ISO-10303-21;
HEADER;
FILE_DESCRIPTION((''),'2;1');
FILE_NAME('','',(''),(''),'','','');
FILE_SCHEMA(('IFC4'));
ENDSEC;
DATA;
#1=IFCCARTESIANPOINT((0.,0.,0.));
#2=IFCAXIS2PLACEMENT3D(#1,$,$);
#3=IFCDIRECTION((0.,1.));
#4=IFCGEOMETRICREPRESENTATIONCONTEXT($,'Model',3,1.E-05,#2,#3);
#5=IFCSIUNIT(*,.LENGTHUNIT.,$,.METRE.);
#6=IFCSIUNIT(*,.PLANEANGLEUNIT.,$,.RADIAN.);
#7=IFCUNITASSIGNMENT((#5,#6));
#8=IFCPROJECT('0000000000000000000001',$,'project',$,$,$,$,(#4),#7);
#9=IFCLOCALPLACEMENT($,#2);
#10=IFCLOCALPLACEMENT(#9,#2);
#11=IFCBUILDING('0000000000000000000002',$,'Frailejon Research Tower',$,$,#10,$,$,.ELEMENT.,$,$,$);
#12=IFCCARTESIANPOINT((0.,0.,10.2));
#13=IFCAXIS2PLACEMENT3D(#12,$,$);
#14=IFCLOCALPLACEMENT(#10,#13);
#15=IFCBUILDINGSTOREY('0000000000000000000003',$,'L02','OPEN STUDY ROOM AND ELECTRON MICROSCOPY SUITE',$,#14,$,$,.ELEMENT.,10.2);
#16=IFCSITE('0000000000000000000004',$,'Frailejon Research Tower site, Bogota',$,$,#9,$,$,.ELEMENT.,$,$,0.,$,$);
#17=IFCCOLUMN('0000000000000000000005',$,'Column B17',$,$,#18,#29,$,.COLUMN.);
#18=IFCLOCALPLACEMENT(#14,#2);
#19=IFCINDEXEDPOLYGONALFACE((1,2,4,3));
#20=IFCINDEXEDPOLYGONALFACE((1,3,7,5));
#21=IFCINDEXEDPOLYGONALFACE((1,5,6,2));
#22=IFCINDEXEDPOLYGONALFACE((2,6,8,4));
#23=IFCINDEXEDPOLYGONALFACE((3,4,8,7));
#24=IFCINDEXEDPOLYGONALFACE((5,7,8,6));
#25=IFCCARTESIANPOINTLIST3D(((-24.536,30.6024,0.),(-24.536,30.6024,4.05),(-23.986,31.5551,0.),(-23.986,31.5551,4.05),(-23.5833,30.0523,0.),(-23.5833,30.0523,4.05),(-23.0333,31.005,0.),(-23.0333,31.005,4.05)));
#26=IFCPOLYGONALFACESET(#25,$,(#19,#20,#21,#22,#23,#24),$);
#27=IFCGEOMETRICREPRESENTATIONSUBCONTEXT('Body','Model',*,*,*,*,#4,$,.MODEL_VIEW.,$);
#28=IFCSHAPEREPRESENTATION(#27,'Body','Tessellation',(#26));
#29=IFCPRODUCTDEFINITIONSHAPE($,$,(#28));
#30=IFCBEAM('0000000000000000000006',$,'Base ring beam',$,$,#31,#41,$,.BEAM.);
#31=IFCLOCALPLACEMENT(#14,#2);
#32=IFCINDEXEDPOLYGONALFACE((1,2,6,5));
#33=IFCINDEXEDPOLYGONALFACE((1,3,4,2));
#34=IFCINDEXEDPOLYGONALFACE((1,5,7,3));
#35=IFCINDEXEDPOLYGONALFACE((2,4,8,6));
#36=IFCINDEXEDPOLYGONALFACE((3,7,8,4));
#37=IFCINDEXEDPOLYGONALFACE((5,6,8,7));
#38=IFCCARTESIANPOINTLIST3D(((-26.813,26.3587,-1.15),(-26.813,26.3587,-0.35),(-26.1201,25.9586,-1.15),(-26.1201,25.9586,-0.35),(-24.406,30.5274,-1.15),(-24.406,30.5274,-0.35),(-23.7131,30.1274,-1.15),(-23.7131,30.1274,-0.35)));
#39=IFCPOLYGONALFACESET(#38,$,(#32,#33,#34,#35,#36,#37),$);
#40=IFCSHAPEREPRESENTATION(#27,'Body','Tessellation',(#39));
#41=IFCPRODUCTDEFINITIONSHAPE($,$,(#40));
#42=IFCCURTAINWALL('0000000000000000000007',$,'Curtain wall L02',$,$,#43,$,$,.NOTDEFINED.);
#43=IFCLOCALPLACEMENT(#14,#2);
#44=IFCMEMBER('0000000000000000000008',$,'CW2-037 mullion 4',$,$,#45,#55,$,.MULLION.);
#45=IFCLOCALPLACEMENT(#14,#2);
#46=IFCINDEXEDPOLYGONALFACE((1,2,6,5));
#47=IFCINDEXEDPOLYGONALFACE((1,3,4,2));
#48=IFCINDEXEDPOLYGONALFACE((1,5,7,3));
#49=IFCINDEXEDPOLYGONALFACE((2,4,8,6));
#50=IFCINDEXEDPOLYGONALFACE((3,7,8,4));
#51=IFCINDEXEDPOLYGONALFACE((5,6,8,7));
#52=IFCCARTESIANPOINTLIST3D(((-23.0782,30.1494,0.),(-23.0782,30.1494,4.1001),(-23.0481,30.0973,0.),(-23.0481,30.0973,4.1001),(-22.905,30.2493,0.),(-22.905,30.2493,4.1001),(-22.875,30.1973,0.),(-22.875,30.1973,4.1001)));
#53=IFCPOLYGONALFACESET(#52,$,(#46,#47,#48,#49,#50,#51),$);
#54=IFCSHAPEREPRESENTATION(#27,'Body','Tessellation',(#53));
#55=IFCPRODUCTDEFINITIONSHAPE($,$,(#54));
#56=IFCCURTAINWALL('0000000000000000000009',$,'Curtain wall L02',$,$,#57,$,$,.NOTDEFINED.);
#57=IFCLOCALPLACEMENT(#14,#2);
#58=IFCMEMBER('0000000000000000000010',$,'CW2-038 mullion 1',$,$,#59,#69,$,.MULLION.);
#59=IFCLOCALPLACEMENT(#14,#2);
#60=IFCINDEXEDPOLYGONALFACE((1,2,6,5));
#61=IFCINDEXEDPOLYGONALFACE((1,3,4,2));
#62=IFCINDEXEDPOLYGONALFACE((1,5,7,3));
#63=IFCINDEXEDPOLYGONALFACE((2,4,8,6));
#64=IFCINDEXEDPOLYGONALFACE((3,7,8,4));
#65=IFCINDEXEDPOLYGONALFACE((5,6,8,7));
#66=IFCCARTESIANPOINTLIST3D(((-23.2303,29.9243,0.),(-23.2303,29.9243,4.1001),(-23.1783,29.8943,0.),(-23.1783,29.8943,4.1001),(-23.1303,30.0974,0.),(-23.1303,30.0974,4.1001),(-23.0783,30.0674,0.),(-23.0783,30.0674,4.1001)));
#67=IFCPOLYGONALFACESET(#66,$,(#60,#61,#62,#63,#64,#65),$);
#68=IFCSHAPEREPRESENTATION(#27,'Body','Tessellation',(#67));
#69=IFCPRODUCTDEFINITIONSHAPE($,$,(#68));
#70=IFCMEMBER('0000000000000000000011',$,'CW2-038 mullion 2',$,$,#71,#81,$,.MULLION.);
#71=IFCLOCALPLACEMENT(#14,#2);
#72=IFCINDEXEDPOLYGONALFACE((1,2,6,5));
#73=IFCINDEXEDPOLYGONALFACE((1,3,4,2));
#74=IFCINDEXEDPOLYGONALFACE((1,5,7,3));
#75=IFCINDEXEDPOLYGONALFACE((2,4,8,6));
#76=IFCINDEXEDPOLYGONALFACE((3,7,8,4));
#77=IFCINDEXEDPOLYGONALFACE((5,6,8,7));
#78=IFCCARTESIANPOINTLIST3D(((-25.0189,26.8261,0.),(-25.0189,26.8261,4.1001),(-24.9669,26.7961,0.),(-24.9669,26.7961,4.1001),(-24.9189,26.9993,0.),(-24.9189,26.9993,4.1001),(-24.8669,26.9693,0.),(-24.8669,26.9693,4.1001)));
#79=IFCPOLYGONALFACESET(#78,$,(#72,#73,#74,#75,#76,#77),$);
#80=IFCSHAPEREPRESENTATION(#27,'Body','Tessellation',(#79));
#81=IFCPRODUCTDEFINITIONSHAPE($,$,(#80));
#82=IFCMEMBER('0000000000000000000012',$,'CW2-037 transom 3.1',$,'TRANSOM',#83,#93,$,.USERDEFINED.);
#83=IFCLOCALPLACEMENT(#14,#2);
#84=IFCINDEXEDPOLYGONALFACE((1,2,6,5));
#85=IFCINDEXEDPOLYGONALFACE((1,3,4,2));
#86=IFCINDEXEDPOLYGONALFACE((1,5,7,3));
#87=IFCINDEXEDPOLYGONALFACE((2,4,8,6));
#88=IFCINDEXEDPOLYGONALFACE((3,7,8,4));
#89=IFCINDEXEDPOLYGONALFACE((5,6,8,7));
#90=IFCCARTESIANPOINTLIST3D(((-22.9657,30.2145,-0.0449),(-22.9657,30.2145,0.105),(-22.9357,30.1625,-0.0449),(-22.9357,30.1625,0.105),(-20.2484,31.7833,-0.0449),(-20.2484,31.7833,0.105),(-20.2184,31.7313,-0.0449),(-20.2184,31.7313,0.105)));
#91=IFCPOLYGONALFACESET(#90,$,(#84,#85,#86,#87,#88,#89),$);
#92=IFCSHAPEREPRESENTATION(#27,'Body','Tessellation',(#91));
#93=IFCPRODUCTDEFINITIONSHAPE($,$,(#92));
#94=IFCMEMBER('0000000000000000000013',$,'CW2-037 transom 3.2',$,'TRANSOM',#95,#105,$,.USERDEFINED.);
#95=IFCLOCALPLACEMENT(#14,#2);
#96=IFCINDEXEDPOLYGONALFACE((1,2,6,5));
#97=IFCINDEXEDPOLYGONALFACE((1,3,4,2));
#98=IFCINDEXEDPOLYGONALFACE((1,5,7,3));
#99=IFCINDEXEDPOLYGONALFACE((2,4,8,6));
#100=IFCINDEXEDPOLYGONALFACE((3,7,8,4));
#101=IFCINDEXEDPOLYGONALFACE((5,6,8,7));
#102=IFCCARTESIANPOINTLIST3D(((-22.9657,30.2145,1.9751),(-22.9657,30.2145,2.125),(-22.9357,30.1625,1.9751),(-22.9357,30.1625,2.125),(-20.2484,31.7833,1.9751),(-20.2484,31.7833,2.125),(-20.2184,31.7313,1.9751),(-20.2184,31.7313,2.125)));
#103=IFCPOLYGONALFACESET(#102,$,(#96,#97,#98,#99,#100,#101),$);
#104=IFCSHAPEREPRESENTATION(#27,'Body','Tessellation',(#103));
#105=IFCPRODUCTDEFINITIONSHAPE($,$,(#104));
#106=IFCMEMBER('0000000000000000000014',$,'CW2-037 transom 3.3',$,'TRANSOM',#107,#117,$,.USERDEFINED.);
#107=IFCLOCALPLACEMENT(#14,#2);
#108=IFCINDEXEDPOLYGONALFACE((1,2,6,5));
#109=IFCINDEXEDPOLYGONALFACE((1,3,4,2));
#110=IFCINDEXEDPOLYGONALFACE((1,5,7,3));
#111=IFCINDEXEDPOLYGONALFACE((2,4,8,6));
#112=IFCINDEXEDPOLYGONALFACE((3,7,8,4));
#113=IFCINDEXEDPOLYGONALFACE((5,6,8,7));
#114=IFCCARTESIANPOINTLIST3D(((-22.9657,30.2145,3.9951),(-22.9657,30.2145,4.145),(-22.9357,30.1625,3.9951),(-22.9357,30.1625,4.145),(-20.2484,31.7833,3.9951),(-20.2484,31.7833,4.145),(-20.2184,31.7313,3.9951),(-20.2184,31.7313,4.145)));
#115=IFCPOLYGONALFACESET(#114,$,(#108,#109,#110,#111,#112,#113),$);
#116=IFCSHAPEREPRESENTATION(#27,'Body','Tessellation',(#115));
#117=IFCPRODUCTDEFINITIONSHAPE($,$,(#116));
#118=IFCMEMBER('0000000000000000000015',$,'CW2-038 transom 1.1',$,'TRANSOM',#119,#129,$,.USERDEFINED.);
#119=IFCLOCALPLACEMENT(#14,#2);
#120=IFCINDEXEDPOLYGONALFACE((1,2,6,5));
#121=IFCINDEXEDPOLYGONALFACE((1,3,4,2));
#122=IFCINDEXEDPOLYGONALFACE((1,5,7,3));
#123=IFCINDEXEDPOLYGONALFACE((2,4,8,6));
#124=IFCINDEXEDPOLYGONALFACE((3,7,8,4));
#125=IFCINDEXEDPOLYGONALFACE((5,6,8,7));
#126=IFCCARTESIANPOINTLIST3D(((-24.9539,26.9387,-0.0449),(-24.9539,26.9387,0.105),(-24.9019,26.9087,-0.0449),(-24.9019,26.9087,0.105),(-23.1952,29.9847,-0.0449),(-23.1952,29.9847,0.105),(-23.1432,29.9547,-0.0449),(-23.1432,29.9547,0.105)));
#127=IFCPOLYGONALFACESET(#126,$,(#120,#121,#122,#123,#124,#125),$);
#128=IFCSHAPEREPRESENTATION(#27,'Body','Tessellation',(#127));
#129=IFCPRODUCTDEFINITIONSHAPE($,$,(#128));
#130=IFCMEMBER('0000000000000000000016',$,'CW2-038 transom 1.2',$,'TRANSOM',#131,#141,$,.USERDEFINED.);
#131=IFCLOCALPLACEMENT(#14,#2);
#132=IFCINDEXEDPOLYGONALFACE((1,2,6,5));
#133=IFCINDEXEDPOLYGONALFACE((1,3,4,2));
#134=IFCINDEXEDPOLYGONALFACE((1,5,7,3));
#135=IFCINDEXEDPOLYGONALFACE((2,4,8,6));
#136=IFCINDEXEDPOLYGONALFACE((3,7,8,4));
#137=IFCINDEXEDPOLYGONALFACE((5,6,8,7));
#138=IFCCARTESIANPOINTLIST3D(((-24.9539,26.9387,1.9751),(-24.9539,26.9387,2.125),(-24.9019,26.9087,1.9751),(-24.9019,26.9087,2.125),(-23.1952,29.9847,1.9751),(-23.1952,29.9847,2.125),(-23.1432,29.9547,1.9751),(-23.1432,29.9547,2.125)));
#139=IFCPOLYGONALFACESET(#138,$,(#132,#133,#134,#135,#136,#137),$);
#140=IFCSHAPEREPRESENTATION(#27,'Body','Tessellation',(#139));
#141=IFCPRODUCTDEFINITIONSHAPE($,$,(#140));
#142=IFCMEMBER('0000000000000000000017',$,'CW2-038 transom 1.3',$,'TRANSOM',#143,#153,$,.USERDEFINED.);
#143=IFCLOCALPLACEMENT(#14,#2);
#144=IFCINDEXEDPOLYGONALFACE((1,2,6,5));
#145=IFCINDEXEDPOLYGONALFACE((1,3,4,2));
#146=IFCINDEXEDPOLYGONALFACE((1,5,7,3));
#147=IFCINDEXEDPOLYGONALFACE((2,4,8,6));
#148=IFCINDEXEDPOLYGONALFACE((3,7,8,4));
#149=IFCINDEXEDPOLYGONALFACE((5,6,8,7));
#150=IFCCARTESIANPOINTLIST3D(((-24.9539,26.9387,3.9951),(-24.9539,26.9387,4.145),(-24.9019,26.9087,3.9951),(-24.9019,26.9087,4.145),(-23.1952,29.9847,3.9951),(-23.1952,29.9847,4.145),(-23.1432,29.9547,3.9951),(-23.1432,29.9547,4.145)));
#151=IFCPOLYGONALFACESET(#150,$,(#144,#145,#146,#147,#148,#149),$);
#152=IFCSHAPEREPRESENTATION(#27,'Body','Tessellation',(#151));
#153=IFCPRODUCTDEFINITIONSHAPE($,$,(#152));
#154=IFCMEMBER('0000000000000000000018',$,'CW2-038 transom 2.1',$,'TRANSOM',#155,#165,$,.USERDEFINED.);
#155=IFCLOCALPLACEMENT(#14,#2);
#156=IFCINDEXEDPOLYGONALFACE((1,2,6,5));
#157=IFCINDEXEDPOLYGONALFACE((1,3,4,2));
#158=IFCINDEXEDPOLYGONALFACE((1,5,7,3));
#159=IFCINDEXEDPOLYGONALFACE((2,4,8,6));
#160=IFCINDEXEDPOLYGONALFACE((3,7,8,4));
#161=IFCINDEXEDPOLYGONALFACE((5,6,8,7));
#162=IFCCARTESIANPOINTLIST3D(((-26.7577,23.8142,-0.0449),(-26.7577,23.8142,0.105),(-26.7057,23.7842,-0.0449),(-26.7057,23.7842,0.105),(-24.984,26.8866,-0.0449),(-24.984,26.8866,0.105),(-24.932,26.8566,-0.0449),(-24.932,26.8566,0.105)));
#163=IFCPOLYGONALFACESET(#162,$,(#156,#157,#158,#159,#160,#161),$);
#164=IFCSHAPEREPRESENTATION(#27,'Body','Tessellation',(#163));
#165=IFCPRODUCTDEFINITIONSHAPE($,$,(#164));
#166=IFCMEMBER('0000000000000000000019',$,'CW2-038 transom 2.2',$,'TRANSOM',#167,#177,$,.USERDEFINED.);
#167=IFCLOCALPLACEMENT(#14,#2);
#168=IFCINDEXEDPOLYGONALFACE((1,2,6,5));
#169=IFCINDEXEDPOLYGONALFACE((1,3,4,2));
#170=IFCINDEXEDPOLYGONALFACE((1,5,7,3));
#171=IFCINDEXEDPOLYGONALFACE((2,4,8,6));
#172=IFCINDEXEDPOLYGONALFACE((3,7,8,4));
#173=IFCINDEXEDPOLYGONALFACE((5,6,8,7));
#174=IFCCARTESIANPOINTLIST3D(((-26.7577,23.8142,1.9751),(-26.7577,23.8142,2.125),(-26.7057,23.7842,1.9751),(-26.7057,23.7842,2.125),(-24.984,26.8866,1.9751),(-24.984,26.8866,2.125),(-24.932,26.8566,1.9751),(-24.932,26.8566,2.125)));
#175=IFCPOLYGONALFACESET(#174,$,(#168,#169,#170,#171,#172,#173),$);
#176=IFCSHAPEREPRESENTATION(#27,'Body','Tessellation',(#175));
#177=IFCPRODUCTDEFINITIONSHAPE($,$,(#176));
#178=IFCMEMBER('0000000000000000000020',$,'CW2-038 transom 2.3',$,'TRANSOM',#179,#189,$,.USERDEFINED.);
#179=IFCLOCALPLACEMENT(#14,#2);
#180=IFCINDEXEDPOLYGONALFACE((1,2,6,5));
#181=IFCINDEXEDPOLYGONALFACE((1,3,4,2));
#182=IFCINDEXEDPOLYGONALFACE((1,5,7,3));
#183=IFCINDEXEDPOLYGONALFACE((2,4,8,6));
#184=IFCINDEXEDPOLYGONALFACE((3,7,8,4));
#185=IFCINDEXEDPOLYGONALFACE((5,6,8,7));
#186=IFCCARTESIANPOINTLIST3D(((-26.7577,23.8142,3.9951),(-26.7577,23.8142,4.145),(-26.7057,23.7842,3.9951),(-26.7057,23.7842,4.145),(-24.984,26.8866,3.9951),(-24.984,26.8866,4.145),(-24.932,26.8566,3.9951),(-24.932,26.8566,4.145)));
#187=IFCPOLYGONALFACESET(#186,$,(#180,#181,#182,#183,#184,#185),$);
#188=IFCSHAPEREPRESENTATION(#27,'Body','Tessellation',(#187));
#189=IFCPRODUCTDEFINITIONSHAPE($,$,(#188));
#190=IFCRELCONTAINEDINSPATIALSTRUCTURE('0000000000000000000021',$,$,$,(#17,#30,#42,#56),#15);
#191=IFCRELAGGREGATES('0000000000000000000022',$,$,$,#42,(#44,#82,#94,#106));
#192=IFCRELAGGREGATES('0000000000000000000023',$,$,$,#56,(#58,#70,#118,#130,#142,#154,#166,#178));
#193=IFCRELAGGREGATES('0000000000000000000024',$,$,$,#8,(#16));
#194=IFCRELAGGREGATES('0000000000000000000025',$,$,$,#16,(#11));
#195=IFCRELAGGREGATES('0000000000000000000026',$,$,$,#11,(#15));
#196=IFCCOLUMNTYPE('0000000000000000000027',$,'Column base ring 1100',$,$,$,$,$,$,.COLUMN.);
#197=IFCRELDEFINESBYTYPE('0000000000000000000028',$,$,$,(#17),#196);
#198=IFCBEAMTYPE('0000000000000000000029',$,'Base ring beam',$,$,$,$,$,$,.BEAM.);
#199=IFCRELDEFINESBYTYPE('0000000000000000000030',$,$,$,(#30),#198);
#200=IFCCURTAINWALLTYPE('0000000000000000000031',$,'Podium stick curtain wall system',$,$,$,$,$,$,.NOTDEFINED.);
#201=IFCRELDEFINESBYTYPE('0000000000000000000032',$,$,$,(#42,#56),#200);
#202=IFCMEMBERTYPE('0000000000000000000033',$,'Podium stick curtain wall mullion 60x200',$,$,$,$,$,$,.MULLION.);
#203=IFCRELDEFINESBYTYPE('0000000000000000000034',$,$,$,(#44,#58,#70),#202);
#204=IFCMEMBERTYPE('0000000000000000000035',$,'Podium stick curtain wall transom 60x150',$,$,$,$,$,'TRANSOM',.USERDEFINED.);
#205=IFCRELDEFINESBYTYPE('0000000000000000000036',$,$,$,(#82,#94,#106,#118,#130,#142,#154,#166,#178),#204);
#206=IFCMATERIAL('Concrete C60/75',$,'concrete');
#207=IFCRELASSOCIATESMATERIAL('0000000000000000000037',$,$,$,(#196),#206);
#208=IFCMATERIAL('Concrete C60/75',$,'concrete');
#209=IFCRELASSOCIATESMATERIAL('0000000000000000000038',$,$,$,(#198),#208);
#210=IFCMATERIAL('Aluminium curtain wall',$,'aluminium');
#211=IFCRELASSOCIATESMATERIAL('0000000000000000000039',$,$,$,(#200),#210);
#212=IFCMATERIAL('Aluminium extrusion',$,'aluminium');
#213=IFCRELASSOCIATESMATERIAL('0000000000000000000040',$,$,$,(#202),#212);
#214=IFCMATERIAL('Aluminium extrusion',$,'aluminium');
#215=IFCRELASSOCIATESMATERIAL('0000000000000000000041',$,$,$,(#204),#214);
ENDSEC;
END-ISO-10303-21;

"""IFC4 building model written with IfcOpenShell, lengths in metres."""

from ifc_helpers import new_model, si_unit, direction, frame, origin, origin_2d, place, context, subcontext, project, spatial, rectangle, extrude, material, material_profile, profile_set, type_object, element, aggregate, save


model = new_model("IFC4")

# Units and contexts
model_context = context("Model", 3, precision=1e-05, world=origin(), true_north=direction((0.0, 1.0)))
body_context = subcontext(model_context, "Body", "Model", "MODEL_VIEW")
ifc_project = project(units=[si_unit("LENGTHUNIT", "METRE"), si_unit("PLANEANGLEUNIT", "RADIAN")], contexts=[model_context])

# Site, building, storey
site_placement = place(None, origin())
site = spatial("IfcSite", under=ifc_project, at=site_placement, Name="Frailejon Research Tower site, Bogota", CompositionType="ELEMENT", RefElevation=0.0)
building_placement = place(site_placement, origin())
building = spatial("IfcBuilding", under=site, at=building_placement, Name="Frailejon Research Tower", CompositionType="ELEMENT")
storey_placement = place(building_placement, frame((0.0, 0.0, 10.2)))
storey = spatial("IfcBuildingStorey", under=building, at=storey_placement, Name="L02", Description="OPEN STUDY ROOM AND ELECTRON MICROSCOPY SUITE", CompositionType="ELEMENT", Elevation=10.2)

# Column
ifc_material_1 = material(Name="Concrete C60/75", Category="concrete")
ifc_material_profile_1 = material_profile(ifc_material_1, rectangle(XDim=1.1001, YDim=1.1001, at=origin_2d()), Name="Column base ring 1100")
ifc_profile_set_1 = profile_set([ifc_material_profile_1], Name="Concrete C60/75")
column_type = type_object("IfcColumnType", Name="Column base ring 1100", PredefinedType="COLUMN", material=ifc_profile_set_1)
column_placement = place(storey_placement, frame((-23.7847, 30.8037, 0.0), z_axis=(0.0, 0.0, 1.0), x_axis=(-0.5, -0.866025, 0.0)))
element("IfcColumn", 1, at=column_placement, inside=storey, type_object=column_type, Name="Column B17", PredefinedType="COLUMN", context=body_context, shape_type="SweptSolid", body=[
    extrude(rectangle(XDim=1.1001, YDim=1.1001, at=origin_2d()), origin(), (0.0, 0.0, 1.0), 4.05),
])

# Beam
ifc_material_2 = material(Name="Concrete C60/75", Category="concrete")
ifc_material_profile_2 = material_profile(ifc_material_2, rectangle(XDim=0.8, YDim=0.8, at=origin_2d()), Name="Base ring beam")
ifc_profile_set_2 = profile_set([ifc_material_profile_2], Name="Concrete C60/75")
beam_type = type_object("IfcBeamType", Name="Base ring beam", PredefinedType="BEAM", material=ifc_profile_set_2)
beam_placement = place(storey_placement, frame((-24.0596, 30.3274, -0.75), z_axis=(-0.500028, -0.866009, 0.0), x_axis=(0.866009, -0.500028, 0.0)))
element("IfcBeam", 2, at=beam_placement, inside=storey, type_object=beam_type, Name="Base ring beam", PredefinedType="BEAM", context=body_context, shape_type="SweptSolid", body=[
    extrude(rectangle(XDim=0.8, YDim=0.8, at=origin_2d()), origin(), (0.0, 0.0, 1.0), 4.8137),
])

# Curtain wall, member
ifc_material_3 = material(Name="Aluminium curtain wall", Category="aluminium")
curtain_wall_type = type_object("IfcCurtainWallType", Name="Podium stick curtain wall system", PredefinedType="NOTDEFINED", material=ifc_material_3)
curtain_wall_1_placement = place(storey_placement, origin())
curtain_wall_1 = element("IfcCurtainWall", 3, at=curtain_wall_1_placement, inside=storey, type_object=curtain_wall_type, Name="Curtain wall L02", PredefinedType="NOTDEFINED")
ifc_material_4 = material(Name="Aluminium extrusion", Category="aluminium")
ifc_material_profile_3 = material_profile(ifc_material_4, rectangle(XDim=0.0601, YDim=0.2, at=origin_2d()), Name="Podium stick curtain wall mullion 60x200")
ifc_profile_set_3 = profile_set([ifc_material_profile_3], Name="Aluminium extrusion")
member_type_1 = type_object("IfcMemberType", Name="Podium stick curtain wall mullion 60x200", PredefinedType="MULLION", material=ifc_profile_set_3)
member_1_placement = place(storey_placement, frame((-22.9766, 30.1733, 0.0), z_axis=(0.0, 0.0, 1.0), x_axis=(0.5, -0.866025, 0.0)))
member_1 = element("IfcMember", 4, at=member_1_placement, type_object=member_type_1, Name="CW2-037 mullion 4", PredefinedType="MULLION", context=body_context, shape_type="SweptSolid", body=[
    extrude(rectangle(XDim=0.0601, YDim=0.2, at=origin_2d()), origin(), (0.0, 0.0, 1.0), 4.1001),
])

# Curtain wall, members
curtain_wall_2_placement = place(storey_placement, origin())
curtain_wall_2 = element("IfcCurtainWall", 5, at=curtain_wall_2_placement, inside=storey, type_object=curtain_wall_type, Name="Curtain wall L02", PredefinedType="NOTDEFINED")
member_2_placement = place(storey_placement, frame((-23.1543, 29.9958, 0.0), z_axis=(0.0, 0.0, 1.0), x_axis=(0.866026, -0.499998, 0.0)))
member_2 = element("IfcMember", 6, at=member_2_placement, type_object=member_type_1, Name="CW2-038 mullion 1", PredefinedType="MULLION", context=body_context, shape_type="SweptSolid", body=[
    extrude(rectangle(XDim=0.0601, YDim=0.2, at=origin_2d()), origin(), (0.0, 0.0, 1.0), 4.1001),
])
member_3_placement = place(storey_placement, frame((-24.9429, 26.8977, 0.0), z_axis=(0.0, 0.0, 1.0), x_axis=(0.866026, -0.499998, 0.0)))
member_3 = element("IfcMember", 7, at=member_3_placement, type_object=member_type_1, Name="CW2-038 mullion 2", PredefinedType="MULLION", context=body_context, shape_type="SweptSolid", body=[
    extrude(rectangle(XDim=0.0601, YDim=0.2, at=origin_2d()), origin(), (0.0, 0.0, 1.0), 4.1001),
])

# Members
ifc_material_5 = material(Name="Aluminium extrusion", Category="aluminium")
ifc_material_profile_4 = material_profile(ifc_material_5, rectangle(XDim=0.0601, YDim=0.1499, at=origin_2d()), Name="Podium stick curtain wall transom 60x150")
ifc_profile_set_4 = profile_set([ifc_material_profile_4], Name="Aluminium extrusion")
member_type_2 = type_object("IfcMemberType", Name="Podium stick curtain wall transom 60x150", ElementType="TRANSOM", PredefinedType="USERDEFINED", material=ifc_profile_set_4)
member_4_placement = place(storey_placement, frame((-20.2334, 31.7573, 0.03), z_axis=(-0.866022, -0.500005, 0.0), x_axis=(0.500005, -0.866022, 0.0)))
member_4 = element("IfcMember", 8, at=member_4_placement, type_object=member_type_2, Name="CW2-037 transom 3.1", ObjectType="TRANSOM", PredefinedType="USERDEFINED", context=body_context, shape_type="SweptSolid", body=[
    extrude(rectangle(XDim=0.0601, YDim=0.1499, at=origin_2d()), origin(), (0.0, 0.0, 1.0), 3.1377),
])
member_5_placement = place(storey_placement, frame((-20.2334, 31.7573, 2.05), z_axis=(-0.866022, -0.500005, 0.0), x_axis=(0.500005, -0.866022, 0.0)))
member_5 = element("IfcMember", 9, at=member_5_placement, type_object=member_type_2, Name="CW2-037 transom 3.2", ObjectType="TRANSOM", PredefinedType="USERDEFINED", context=body_context, shape_type="SweptSolid", body=[
    extrude(rectangle(XDim=0.0601, YDim=0.1499, at=origin_2d()), origin(), (0.0, 0.0, 1.0), 3.1377),
])
member_6_placement = place(storey_placement, frame((-20.2334, 31.7573, 4.0701), z_axis=(-0.866022, -0.500005, 0.0), x_axis=(0.500005, -0.866022, 0.0)))
member_6 = element("IfcMember", 10, at=member_6_placement, type_object=member_type_2, Name="CW2-037 transom 3.3", ObjectType="TRANSOM", PredefinedType="USERDEFINED", context=body_context, shape_type="SweptSolid", body=[
    extrude(rectangle(XDim=0.0601, YDim=0.1499, at=origin_2d()), origin(), (0.0, 0.0, 1.0), 3.1377),
])
member_7_placement = place(storey_placement, frame((-23.1692, 29.9697, 0.03), z_axis=(-0.500021, -0.866013, 0.0), x_axis=(0.866013, -0.500021, 0.0)))
member_7 = element("IfcMember", 11, at=member_7_placement, type_object=member_type_2, Name="CW2-038 transom 1.1", ObjectType="TRANSOM", PredefinedType="USERDEFINED", context=body_context, shape_type="SweptSolid", body=[
    extrude(rectangle(XDim=0.0601, YDim=0.1499, at=origin_2d()), origin(), (0.0, 0.0, 1.0), 3.5173),
])
member_8_placement = place(storey_placement, frame((-23.1692, 29.9697, 2.05), z_axis=(-0.500021, -0.866013, 0.0), x_axis=(0.866013, -0.500021, 0.0)))
member_8 = element("IfcMember", 12, at=member_8_placement, type_object=member_type_2, Name="CW2-038 transom 1.2", ObjectType="TRANSOM", PredefinedType="USERDEFINED", context=body_context, shape_type="SweptSolid", body=[
    extrude(rectangle(XDim=0.0601, YDim=0.1499, at=origin_2d()), origin(), (0.0, 0.0, 1.0), 3.5173),
])
member_9_placement = place(storey_placement, frame((-23.1692, 29.9697, 4.0701), z_axis=(-0.500021, -0.866013, 0.0), x_axis=(0.866013, -0.500021, 0.0)))
member_9 = element("IfcMember", 13, at=member_9_placement, type_object=member_type_2, Name="CW2-038 transom 1.3", ObjectType="TRANSOM", PredefinedType="USERDEFINED", context=body_context, shape_type="SweptSolid", body=[
    extrude(rectangle(XDim=0.0601, YDim=0.1499, at=origin_2d()), origin(), (0.0, 0.0, 1.0), 3.5173),
])
member_10_placement = place(storey_placement, frame((-24.958, 26.8716, 0.03), z_axis=(-0.499981, -0.866037, 0.0), x_axis=(0.866037, -0.499981, 0.0)))
member_10 = element("IfcMember", 14, at=member_10_placement, type_object=member_type_2, Name="CW2-038 transom 2.1", ObjectType="TRANSOM", PredefinedType="USERDEFINED", context=body_context, shape_type="SweptSolid", body=[
    extrude(rectangle(XDim=0.0601, YDim=0.1499, at=origin_2d()), origin(), (0.0, 0.0, 1.0), 3.5476),
])
member_11_placement = place(storey_placement, frame((-24.958, 26.8716, 2.05), z_axis=(-0.499981, -0.866037, 0.0), x_axis=(0.866037, -0.499981, 0.0)))
member_11 = element("IfcMember", 15, at=member_11_placement, type_object=member_type_2, Name="CW2-038 transom 2.2", ObjectType="TRANSOM", PredefinedType="USERDEFINED", context=body_context, shape_type="SweptSolid", body=[
    extrude(rectangle(XDim=0.0601, YDim=0.1499, at=origin_2d()), origin(), (0.0, 0.0, 1.0), 3.5476),
])
member_12_placement = place(storey_placement, frame((-24.958, 26.8716, 4.0701), z_axis=(-0.499981, -0.866037, 0.0), x_axis=(0.866037, -0.499981, 0.0)))
member_12 = element("IfcMember", 16, at=member_12_placement, type_object=member_type_2, Name="CW2-038 transom 2.3", ObjectType="TRANSOM", PredefinedType="USERDEFINED", context=body_context, shape_type="SweptSolid", body=[
    extrude(rectangle(XDim=0.0601, YDim=0.1499, at=origin_2d()), origin(), (0.0, 0.0, 1.0), 3.5476),
])

aggregate(curtain_wall_1, [member_1, member_4, member_5, member_6])
aggregate(curtain_wall_2, [member_2, member_3, member_7, member_8, member_9, member_10, member_11, member_12])

save(model, "model.ifc")
